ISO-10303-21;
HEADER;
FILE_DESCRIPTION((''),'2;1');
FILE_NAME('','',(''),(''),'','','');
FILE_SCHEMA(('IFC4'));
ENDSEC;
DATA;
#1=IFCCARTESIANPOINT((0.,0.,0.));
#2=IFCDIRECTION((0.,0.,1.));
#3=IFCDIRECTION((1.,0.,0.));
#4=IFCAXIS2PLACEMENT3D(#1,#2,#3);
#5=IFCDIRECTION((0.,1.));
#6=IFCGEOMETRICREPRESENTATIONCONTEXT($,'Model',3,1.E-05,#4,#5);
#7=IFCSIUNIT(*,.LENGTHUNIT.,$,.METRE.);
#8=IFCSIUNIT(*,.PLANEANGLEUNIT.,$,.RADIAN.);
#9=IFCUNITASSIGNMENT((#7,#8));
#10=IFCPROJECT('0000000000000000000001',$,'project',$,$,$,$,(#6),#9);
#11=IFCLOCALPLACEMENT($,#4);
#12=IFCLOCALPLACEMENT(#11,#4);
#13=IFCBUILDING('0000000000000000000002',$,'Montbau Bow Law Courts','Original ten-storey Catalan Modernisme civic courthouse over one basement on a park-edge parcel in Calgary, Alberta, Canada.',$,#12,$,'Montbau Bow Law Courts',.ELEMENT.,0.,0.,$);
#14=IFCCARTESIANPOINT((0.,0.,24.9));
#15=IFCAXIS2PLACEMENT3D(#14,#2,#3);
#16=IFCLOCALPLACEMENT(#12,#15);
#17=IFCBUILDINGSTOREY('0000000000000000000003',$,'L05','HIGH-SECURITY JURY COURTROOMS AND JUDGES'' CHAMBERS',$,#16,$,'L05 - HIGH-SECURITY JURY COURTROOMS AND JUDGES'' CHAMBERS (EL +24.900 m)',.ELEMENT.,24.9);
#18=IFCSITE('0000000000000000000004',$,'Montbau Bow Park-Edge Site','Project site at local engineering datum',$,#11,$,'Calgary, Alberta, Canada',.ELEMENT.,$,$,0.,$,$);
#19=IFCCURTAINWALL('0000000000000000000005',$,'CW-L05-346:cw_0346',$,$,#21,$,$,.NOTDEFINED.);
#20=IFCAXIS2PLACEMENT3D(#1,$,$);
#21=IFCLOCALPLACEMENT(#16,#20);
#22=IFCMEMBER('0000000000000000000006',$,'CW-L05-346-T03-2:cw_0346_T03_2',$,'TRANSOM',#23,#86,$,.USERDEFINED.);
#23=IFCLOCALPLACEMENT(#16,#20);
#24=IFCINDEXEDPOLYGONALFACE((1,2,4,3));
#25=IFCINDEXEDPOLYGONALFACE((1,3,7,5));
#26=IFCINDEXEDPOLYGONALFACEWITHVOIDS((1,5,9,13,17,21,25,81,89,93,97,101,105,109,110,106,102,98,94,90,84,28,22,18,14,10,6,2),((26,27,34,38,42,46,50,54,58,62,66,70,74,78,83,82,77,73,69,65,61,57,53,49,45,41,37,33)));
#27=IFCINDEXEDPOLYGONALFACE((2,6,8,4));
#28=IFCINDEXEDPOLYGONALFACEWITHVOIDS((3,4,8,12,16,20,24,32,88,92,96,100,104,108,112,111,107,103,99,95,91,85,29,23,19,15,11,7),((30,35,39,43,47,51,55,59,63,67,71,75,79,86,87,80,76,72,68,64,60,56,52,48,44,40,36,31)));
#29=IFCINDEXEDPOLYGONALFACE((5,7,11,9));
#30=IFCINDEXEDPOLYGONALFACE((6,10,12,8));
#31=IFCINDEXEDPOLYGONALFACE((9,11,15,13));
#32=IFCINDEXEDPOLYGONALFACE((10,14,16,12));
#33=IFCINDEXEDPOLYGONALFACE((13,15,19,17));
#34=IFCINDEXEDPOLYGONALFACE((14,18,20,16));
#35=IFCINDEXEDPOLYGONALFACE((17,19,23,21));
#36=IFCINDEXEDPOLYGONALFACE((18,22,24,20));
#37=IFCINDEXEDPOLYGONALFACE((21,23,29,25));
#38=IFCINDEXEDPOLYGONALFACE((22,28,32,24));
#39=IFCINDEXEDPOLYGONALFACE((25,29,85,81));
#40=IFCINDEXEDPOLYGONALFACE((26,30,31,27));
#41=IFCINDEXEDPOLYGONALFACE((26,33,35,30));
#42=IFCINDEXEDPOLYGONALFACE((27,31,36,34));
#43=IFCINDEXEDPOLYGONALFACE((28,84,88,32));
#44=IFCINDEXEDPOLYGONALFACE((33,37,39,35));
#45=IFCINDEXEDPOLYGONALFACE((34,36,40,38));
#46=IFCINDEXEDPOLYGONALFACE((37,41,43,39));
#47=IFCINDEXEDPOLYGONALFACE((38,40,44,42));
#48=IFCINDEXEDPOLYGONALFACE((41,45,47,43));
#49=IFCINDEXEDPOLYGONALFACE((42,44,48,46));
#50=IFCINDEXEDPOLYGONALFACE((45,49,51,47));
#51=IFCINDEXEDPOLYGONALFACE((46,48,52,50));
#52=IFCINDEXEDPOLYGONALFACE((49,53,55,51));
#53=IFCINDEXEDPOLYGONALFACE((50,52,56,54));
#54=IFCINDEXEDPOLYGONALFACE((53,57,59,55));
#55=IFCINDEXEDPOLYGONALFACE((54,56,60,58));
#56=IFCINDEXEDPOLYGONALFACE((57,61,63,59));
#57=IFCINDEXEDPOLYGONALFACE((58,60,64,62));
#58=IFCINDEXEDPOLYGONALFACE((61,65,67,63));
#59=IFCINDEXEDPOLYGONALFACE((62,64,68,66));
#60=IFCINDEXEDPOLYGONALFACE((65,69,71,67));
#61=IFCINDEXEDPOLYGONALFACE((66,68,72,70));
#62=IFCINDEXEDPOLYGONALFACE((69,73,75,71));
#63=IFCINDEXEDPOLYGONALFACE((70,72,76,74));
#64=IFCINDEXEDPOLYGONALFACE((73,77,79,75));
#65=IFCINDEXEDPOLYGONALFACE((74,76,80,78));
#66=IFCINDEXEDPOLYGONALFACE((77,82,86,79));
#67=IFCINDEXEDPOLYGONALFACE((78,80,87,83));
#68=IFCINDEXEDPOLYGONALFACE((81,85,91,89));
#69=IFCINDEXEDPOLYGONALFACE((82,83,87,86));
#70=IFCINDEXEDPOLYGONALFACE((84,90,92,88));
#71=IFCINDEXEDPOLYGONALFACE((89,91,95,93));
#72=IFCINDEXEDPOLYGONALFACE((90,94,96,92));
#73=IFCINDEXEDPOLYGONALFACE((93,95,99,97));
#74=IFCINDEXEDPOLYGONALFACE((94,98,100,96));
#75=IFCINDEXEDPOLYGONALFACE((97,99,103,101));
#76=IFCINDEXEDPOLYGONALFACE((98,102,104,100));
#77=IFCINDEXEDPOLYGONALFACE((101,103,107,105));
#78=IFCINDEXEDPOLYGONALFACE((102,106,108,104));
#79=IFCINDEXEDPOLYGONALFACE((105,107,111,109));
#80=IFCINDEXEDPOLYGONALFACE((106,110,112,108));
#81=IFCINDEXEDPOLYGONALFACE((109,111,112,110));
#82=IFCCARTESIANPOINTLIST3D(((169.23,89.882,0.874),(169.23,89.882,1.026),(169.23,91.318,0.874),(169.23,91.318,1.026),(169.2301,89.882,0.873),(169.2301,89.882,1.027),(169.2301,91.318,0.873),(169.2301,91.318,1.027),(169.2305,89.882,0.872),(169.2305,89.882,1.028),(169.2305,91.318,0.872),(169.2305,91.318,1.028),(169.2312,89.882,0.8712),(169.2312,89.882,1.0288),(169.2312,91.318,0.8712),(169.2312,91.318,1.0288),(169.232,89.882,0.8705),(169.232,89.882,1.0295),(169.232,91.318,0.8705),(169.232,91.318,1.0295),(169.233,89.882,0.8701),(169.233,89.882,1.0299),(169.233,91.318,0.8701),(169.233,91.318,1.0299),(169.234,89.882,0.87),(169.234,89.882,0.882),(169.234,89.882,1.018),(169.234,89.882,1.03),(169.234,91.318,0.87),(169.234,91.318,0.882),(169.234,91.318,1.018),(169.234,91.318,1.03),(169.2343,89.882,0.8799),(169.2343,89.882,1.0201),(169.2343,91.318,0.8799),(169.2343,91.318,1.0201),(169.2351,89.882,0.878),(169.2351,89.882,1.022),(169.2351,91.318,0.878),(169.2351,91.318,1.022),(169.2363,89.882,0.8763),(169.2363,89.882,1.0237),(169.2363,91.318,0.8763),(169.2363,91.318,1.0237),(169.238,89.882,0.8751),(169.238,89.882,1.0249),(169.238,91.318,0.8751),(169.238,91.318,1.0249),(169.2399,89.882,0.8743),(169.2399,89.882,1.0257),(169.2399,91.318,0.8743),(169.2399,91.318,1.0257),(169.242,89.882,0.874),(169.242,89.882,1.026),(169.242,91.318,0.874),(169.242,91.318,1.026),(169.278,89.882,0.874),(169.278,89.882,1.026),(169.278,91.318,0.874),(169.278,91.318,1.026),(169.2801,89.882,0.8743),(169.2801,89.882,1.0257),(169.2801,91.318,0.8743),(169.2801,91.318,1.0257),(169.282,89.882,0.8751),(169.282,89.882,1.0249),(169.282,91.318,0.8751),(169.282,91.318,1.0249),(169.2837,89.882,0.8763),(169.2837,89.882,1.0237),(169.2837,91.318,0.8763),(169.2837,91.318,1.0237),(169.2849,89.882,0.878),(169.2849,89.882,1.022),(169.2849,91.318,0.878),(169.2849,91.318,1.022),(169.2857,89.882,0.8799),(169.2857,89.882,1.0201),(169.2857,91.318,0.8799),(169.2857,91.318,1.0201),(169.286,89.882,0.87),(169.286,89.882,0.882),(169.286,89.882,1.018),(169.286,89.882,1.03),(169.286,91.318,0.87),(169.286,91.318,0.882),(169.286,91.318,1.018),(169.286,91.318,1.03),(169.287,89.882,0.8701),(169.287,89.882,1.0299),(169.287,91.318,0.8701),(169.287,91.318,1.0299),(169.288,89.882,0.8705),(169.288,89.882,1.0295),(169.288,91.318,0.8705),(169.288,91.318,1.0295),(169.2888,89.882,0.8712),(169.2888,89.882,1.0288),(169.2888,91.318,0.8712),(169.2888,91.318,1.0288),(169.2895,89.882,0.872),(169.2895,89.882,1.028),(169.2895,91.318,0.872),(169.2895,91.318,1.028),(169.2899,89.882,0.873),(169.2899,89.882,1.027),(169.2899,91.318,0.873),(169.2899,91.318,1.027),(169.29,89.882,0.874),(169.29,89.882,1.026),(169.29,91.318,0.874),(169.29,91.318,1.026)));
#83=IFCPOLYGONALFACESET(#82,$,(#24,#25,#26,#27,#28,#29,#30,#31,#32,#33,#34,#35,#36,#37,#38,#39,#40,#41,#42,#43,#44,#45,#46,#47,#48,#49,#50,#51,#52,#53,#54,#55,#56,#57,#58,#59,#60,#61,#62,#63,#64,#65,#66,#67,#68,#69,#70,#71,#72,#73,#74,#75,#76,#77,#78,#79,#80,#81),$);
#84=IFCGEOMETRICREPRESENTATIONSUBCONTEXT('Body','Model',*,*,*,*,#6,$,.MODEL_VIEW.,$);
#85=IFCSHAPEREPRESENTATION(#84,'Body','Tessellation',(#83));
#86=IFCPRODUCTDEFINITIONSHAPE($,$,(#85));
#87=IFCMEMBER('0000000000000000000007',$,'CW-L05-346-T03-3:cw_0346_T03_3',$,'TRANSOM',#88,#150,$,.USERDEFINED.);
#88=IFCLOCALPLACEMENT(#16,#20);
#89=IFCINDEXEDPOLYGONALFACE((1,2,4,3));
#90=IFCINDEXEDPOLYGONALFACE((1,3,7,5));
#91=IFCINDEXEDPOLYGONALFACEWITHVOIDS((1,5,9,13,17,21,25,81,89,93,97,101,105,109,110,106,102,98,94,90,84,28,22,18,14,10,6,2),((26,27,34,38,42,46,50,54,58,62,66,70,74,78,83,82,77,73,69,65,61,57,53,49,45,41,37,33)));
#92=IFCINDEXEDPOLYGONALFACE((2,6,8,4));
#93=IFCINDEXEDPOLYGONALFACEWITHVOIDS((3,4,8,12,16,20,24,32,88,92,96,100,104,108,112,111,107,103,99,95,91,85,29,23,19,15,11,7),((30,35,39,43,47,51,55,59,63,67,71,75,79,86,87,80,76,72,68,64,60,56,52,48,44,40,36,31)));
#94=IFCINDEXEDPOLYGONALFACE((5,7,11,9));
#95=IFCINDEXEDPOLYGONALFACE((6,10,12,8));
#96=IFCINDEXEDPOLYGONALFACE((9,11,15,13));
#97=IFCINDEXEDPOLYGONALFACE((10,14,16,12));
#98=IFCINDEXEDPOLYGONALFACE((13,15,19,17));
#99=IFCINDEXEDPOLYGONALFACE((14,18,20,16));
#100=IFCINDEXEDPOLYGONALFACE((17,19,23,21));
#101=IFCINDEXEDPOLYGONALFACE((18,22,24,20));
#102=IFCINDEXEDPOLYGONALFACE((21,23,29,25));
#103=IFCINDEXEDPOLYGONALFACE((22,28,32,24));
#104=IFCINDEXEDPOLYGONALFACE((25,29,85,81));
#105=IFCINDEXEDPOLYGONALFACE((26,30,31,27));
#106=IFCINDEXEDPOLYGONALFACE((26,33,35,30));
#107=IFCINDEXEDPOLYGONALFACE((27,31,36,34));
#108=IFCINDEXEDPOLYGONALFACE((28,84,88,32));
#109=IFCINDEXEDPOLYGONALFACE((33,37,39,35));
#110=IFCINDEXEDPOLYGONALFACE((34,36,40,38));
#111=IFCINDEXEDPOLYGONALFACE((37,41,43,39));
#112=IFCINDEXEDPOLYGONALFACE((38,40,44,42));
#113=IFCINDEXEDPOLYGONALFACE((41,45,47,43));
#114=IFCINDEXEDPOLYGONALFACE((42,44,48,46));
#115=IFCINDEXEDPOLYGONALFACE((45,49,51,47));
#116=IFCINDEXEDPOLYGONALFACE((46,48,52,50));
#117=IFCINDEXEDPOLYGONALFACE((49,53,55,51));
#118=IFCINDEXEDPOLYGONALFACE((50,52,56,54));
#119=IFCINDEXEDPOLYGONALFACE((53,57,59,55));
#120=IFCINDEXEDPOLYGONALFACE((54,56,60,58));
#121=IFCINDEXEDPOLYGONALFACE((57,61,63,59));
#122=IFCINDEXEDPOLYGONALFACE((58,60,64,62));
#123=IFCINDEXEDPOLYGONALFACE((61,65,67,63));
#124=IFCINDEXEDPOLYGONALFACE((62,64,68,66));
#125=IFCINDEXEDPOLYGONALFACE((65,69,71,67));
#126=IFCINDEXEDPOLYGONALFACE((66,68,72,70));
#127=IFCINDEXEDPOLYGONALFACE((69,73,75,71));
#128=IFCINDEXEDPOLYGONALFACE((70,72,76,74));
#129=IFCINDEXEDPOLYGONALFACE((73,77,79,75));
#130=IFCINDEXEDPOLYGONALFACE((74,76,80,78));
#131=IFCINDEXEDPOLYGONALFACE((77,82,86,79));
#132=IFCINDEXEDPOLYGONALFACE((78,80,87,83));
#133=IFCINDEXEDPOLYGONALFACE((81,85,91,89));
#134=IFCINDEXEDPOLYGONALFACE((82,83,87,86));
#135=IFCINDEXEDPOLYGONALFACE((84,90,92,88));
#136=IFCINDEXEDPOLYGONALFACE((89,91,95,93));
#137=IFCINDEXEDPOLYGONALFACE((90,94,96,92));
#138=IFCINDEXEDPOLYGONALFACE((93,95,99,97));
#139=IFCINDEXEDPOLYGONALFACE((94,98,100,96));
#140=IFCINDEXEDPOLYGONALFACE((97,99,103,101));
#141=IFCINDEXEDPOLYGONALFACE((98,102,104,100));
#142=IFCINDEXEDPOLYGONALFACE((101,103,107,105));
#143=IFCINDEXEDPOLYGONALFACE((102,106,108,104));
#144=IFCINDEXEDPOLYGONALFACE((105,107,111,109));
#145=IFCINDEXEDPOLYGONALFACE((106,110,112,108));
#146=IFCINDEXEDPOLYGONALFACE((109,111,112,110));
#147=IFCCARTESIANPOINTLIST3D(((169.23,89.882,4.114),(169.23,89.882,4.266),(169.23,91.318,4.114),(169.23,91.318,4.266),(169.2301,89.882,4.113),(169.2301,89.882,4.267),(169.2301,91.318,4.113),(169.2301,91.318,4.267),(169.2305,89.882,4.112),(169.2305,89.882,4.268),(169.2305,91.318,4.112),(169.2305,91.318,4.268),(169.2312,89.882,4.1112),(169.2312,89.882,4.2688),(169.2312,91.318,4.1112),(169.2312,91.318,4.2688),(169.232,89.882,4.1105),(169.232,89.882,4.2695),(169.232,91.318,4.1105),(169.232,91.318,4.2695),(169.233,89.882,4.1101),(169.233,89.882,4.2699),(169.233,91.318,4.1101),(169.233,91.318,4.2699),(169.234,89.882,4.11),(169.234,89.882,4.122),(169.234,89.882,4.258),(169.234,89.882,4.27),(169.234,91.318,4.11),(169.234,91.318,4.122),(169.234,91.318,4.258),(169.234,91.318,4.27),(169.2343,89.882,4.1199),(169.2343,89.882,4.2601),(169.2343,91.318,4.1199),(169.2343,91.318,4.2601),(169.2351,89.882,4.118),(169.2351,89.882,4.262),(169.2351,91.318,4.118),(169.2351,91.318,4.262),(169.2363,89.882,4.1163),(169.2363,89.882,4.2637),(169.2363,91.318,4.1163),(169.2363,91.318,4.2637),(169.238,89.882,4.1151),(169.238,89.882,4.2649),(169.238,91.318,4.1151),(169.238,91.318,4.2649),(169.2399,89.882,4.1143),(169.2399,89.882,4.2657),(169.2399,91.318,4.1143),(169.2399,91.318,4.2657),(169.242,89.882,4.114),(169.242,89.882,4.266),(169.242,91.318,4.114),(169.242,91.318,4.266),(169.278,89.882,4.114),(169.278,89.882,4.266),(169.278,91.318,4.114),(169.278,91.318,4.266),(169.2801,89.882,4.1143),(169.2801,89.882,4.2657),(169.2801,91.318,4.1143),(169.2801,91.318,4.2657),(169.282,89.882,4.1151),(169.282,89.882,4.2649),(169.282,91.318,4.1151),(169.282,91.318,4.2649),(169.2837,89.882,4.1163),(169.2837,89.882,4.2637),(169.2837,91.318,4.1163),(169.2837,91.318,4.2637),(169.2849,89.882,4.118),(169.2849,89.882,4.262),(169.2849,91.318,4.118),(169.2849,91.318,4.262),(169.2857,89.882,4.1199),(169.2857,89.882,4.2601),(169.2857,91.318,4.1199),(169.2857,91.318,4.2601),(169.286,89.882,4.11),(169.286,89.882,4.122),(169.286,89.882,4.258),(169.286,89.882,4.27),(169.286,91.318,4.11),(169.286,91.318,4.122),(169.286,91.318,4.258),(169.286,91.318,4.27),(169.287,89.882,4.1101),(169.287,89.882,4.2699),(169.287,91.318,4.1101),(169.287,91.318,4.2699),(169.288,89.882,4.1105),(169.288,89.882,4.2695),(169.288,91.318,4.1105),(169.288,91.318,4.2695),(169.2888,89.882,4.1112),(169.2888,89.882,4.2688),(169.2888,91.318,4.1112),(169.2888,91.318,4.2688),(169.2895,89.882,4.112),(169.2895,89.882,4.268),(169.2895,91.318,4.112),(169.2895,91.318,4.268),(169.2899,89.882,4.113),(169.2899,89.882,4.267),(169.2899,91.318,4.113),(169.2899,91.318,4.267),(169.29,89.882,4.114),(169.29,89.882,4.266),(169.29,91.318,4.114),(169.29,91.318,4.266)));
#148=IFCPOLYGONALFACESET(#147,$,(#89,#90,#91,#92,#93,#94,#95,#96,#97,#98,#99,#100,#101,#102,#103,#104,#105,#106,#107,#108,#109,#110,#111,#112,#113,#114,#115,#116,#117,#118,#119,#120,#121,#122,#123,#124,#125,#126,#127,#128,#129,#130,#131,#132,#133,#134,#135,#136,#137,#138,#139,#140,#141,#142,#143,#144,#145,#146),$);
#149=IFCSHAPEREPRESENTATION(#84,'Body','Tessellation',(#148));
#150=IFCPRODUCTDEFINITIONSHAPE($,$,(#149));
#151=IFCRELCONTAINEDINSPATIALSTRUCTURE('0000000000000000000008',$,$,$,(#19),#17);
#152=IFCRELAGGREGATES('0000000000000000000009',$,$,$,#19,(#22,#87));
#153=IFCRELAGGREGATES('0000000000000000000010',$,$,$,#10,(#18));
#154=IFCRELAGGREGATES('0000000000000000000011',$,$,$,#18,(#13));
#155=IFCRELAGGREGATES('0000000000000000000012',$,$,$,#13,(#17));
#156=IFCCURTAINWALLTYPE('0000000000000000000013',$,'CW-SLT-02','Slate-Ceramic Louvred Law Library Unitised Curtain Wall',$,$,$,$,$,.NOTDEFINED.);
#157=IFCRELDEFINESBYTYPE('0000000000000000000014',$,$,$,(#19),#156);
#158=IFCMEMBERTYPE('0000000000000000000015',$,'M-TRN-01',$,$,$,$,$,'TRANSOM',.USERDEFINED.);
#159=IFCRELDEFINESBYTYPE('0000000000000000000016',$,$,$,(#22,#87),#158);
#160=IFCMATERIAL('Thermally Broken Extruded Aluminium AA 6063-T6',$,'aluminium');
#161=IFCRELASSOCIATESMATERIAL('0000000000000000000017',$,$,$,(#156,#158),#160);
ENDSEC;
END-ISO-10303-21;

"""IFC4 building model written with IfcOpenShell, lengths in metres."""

from ifc_helpers import new_model, si_unit, direction, frame, origin_with_axes, origin_2d_with_axis, place, context, subcontext, project, spatial, hollow_rectangle, extrude, material, material_profile, profile_set, type_object, element, aggregate, save


model = new_model("IFC4")

# Units and contexts
model_context = context("Model", 3, precision=1e-05, world=origin_with_axes(), true_north=direction((0.0, 1.0)))
body_context = subcontext(model_context, "Body", "Model", "MODEL_VIEW")
ifc_project = project(units=[si_unit("LENGTHUNIT", "METRE"), si_unit("PLANEANGLEUNIT", "RADIAN")], contexts=[model_context])

# Site, building, storey
site_placement = place(None, origin_with_axes())
site = spatial("IfcSite", under=ifc_project, at=site_placement, Name="Montbau Bow Park-Edge Site", Description="Project site at local engineering datum", LongName="Calgary, Alberta, Canada", CompositionType="ELEMENT", RefElevation=0.0)
building_placement = place(site_placement, origin_with_axes())
building = spatial("IfcBuilding", under=site, at=building_placement, Name="Montbau Bow Law Courts", Description="Original ten-storey Catalan Modernisme civic courthouse over one basement on a park-edge parcel in Calgary, Alberta, Canada.", LongName="Montbau Bow Law Courts", CompositionType="ELEMENT", ElevationOfRefHeight=0.0, ElevationOfTerrain=0.0)
storey_placement = place(building_placement, frame((0.0, 0.0, 24.9), z_axis=(0.0, 0.0, 1.0), x_axis=(1.0, 0.0, 0.0)))
storey = spatial("IfcBuildingStorey", under=building, at=storey_placement, Name="L05", Description="HIGH-SECURITY JURY COURTROOMS AND JUDGES' CHAMBERS", LongName="L05 - HIGH-SECURITY JURY COURTROOMS AND JUDGES' CHAMBERS (EL +24.900 m)", CompositionType="ELEMENT", Elevation=24.9)

# Curtain wall, members
ifc_material_1 = material(Name="Thermally Broken Extruded Aluminium AA 6063-T6", Category="aluminium")
curtain_wall_type = type_object("IfcCurtainWallType", Name="CW-SLT-02", Description="Slate-Ceramic Louvred Law Library Unitised Curtain Wall", PredefinedType="NOTDEFINED", material=ifc_material_1)
curtain_wall_placement = place(None, frame((169.26, 86.84, 24.9), z_axis=(0.0, 0.0, 1.0), x_axis=(1.0, 0.0, 0.0)))
curtain_wall = element("IfcCurtainWall", 1, at=curtain_wall_placement, inside=storey, type_object=curtain_wall_type, Name="CW-L05-346:cw_0346", PredefinedType="NOTDEFINED")
ifc_material_profile_1 = material_profile(ifc_material_1, hollow_rectangle(XDim=0.06, YDim=0.16, WallThickness=0.004, InnerFilletRadius=0.008, OuterFilletRadius=0.004, at=origin_2d_with_axis()), Name="CWT-160X60", Category="Main", Priority=0)
ifc_profile_set_1 = profile_set([ifc_material_profile_1], Name="Thermally Broken Extruded Aluminium AA 6063-T6")
member_type_1 = type_object("IfcMemberType", Name="M-TRN-01", ElementType="TRANSOM", PredefinedType="USERDEFINED", material=ifc_profile_set_1)
member_1_placement = place(None, frame((169.26, 89.882, 25.85), z_axis=(0.0, 1.0, 0.0), x_axis=(-1.0, 0.0, 0.0)))
member_1 = element("IfcMember", 2, at=member_1_placement, type_object=member_type_1, Name="CW-L05-346-T03-2:cw_0346_T03_2", ObjectType="TRANSOM", PredefinedType="USERDEFINED", context=body_context, shape_type="SweptSolid", body=[
    extrude(hollow_rectangle(XDim=0.06, YDim=0.16, WallThickness=0.004, InnerFilletRadius=0.008, OuterFilletRadius=0.004, at=origin_2d_with_axis()), origin_with_axes(), (0.0, 0.0, 1.0), 1.436),
])
member_2_placement = place(None, frame((169.26, 89.882, 29.09), z_axis=(0.0, 1.0, 0.0), x_axis=(-1.0, 0.0, 0.0)))
member_2 = element("IfcMember", 3, at=member_2_placement, type_object=member_type_1, Name="CW-L05-346-T03-3:cw_0346_T03_3", ObjectType="TRANSOM", PredefinedType="USERDEFINED", context=body_context, shape_type="SweptSolid", body=[
    extrude(hollow_rectangle(XDim=0.06, YDim=0.16, WallThickness=0.004, InnerFilletRadius=0.008, OuterFilletRadius=0.004, at=origin_2d_with_axis()), origin_with_axes(), (0.0, 0.0, 1.0), 1.436),
])
aggregate(curtain_wall, [member_1, member_2])

save(model, "model.ifc")
